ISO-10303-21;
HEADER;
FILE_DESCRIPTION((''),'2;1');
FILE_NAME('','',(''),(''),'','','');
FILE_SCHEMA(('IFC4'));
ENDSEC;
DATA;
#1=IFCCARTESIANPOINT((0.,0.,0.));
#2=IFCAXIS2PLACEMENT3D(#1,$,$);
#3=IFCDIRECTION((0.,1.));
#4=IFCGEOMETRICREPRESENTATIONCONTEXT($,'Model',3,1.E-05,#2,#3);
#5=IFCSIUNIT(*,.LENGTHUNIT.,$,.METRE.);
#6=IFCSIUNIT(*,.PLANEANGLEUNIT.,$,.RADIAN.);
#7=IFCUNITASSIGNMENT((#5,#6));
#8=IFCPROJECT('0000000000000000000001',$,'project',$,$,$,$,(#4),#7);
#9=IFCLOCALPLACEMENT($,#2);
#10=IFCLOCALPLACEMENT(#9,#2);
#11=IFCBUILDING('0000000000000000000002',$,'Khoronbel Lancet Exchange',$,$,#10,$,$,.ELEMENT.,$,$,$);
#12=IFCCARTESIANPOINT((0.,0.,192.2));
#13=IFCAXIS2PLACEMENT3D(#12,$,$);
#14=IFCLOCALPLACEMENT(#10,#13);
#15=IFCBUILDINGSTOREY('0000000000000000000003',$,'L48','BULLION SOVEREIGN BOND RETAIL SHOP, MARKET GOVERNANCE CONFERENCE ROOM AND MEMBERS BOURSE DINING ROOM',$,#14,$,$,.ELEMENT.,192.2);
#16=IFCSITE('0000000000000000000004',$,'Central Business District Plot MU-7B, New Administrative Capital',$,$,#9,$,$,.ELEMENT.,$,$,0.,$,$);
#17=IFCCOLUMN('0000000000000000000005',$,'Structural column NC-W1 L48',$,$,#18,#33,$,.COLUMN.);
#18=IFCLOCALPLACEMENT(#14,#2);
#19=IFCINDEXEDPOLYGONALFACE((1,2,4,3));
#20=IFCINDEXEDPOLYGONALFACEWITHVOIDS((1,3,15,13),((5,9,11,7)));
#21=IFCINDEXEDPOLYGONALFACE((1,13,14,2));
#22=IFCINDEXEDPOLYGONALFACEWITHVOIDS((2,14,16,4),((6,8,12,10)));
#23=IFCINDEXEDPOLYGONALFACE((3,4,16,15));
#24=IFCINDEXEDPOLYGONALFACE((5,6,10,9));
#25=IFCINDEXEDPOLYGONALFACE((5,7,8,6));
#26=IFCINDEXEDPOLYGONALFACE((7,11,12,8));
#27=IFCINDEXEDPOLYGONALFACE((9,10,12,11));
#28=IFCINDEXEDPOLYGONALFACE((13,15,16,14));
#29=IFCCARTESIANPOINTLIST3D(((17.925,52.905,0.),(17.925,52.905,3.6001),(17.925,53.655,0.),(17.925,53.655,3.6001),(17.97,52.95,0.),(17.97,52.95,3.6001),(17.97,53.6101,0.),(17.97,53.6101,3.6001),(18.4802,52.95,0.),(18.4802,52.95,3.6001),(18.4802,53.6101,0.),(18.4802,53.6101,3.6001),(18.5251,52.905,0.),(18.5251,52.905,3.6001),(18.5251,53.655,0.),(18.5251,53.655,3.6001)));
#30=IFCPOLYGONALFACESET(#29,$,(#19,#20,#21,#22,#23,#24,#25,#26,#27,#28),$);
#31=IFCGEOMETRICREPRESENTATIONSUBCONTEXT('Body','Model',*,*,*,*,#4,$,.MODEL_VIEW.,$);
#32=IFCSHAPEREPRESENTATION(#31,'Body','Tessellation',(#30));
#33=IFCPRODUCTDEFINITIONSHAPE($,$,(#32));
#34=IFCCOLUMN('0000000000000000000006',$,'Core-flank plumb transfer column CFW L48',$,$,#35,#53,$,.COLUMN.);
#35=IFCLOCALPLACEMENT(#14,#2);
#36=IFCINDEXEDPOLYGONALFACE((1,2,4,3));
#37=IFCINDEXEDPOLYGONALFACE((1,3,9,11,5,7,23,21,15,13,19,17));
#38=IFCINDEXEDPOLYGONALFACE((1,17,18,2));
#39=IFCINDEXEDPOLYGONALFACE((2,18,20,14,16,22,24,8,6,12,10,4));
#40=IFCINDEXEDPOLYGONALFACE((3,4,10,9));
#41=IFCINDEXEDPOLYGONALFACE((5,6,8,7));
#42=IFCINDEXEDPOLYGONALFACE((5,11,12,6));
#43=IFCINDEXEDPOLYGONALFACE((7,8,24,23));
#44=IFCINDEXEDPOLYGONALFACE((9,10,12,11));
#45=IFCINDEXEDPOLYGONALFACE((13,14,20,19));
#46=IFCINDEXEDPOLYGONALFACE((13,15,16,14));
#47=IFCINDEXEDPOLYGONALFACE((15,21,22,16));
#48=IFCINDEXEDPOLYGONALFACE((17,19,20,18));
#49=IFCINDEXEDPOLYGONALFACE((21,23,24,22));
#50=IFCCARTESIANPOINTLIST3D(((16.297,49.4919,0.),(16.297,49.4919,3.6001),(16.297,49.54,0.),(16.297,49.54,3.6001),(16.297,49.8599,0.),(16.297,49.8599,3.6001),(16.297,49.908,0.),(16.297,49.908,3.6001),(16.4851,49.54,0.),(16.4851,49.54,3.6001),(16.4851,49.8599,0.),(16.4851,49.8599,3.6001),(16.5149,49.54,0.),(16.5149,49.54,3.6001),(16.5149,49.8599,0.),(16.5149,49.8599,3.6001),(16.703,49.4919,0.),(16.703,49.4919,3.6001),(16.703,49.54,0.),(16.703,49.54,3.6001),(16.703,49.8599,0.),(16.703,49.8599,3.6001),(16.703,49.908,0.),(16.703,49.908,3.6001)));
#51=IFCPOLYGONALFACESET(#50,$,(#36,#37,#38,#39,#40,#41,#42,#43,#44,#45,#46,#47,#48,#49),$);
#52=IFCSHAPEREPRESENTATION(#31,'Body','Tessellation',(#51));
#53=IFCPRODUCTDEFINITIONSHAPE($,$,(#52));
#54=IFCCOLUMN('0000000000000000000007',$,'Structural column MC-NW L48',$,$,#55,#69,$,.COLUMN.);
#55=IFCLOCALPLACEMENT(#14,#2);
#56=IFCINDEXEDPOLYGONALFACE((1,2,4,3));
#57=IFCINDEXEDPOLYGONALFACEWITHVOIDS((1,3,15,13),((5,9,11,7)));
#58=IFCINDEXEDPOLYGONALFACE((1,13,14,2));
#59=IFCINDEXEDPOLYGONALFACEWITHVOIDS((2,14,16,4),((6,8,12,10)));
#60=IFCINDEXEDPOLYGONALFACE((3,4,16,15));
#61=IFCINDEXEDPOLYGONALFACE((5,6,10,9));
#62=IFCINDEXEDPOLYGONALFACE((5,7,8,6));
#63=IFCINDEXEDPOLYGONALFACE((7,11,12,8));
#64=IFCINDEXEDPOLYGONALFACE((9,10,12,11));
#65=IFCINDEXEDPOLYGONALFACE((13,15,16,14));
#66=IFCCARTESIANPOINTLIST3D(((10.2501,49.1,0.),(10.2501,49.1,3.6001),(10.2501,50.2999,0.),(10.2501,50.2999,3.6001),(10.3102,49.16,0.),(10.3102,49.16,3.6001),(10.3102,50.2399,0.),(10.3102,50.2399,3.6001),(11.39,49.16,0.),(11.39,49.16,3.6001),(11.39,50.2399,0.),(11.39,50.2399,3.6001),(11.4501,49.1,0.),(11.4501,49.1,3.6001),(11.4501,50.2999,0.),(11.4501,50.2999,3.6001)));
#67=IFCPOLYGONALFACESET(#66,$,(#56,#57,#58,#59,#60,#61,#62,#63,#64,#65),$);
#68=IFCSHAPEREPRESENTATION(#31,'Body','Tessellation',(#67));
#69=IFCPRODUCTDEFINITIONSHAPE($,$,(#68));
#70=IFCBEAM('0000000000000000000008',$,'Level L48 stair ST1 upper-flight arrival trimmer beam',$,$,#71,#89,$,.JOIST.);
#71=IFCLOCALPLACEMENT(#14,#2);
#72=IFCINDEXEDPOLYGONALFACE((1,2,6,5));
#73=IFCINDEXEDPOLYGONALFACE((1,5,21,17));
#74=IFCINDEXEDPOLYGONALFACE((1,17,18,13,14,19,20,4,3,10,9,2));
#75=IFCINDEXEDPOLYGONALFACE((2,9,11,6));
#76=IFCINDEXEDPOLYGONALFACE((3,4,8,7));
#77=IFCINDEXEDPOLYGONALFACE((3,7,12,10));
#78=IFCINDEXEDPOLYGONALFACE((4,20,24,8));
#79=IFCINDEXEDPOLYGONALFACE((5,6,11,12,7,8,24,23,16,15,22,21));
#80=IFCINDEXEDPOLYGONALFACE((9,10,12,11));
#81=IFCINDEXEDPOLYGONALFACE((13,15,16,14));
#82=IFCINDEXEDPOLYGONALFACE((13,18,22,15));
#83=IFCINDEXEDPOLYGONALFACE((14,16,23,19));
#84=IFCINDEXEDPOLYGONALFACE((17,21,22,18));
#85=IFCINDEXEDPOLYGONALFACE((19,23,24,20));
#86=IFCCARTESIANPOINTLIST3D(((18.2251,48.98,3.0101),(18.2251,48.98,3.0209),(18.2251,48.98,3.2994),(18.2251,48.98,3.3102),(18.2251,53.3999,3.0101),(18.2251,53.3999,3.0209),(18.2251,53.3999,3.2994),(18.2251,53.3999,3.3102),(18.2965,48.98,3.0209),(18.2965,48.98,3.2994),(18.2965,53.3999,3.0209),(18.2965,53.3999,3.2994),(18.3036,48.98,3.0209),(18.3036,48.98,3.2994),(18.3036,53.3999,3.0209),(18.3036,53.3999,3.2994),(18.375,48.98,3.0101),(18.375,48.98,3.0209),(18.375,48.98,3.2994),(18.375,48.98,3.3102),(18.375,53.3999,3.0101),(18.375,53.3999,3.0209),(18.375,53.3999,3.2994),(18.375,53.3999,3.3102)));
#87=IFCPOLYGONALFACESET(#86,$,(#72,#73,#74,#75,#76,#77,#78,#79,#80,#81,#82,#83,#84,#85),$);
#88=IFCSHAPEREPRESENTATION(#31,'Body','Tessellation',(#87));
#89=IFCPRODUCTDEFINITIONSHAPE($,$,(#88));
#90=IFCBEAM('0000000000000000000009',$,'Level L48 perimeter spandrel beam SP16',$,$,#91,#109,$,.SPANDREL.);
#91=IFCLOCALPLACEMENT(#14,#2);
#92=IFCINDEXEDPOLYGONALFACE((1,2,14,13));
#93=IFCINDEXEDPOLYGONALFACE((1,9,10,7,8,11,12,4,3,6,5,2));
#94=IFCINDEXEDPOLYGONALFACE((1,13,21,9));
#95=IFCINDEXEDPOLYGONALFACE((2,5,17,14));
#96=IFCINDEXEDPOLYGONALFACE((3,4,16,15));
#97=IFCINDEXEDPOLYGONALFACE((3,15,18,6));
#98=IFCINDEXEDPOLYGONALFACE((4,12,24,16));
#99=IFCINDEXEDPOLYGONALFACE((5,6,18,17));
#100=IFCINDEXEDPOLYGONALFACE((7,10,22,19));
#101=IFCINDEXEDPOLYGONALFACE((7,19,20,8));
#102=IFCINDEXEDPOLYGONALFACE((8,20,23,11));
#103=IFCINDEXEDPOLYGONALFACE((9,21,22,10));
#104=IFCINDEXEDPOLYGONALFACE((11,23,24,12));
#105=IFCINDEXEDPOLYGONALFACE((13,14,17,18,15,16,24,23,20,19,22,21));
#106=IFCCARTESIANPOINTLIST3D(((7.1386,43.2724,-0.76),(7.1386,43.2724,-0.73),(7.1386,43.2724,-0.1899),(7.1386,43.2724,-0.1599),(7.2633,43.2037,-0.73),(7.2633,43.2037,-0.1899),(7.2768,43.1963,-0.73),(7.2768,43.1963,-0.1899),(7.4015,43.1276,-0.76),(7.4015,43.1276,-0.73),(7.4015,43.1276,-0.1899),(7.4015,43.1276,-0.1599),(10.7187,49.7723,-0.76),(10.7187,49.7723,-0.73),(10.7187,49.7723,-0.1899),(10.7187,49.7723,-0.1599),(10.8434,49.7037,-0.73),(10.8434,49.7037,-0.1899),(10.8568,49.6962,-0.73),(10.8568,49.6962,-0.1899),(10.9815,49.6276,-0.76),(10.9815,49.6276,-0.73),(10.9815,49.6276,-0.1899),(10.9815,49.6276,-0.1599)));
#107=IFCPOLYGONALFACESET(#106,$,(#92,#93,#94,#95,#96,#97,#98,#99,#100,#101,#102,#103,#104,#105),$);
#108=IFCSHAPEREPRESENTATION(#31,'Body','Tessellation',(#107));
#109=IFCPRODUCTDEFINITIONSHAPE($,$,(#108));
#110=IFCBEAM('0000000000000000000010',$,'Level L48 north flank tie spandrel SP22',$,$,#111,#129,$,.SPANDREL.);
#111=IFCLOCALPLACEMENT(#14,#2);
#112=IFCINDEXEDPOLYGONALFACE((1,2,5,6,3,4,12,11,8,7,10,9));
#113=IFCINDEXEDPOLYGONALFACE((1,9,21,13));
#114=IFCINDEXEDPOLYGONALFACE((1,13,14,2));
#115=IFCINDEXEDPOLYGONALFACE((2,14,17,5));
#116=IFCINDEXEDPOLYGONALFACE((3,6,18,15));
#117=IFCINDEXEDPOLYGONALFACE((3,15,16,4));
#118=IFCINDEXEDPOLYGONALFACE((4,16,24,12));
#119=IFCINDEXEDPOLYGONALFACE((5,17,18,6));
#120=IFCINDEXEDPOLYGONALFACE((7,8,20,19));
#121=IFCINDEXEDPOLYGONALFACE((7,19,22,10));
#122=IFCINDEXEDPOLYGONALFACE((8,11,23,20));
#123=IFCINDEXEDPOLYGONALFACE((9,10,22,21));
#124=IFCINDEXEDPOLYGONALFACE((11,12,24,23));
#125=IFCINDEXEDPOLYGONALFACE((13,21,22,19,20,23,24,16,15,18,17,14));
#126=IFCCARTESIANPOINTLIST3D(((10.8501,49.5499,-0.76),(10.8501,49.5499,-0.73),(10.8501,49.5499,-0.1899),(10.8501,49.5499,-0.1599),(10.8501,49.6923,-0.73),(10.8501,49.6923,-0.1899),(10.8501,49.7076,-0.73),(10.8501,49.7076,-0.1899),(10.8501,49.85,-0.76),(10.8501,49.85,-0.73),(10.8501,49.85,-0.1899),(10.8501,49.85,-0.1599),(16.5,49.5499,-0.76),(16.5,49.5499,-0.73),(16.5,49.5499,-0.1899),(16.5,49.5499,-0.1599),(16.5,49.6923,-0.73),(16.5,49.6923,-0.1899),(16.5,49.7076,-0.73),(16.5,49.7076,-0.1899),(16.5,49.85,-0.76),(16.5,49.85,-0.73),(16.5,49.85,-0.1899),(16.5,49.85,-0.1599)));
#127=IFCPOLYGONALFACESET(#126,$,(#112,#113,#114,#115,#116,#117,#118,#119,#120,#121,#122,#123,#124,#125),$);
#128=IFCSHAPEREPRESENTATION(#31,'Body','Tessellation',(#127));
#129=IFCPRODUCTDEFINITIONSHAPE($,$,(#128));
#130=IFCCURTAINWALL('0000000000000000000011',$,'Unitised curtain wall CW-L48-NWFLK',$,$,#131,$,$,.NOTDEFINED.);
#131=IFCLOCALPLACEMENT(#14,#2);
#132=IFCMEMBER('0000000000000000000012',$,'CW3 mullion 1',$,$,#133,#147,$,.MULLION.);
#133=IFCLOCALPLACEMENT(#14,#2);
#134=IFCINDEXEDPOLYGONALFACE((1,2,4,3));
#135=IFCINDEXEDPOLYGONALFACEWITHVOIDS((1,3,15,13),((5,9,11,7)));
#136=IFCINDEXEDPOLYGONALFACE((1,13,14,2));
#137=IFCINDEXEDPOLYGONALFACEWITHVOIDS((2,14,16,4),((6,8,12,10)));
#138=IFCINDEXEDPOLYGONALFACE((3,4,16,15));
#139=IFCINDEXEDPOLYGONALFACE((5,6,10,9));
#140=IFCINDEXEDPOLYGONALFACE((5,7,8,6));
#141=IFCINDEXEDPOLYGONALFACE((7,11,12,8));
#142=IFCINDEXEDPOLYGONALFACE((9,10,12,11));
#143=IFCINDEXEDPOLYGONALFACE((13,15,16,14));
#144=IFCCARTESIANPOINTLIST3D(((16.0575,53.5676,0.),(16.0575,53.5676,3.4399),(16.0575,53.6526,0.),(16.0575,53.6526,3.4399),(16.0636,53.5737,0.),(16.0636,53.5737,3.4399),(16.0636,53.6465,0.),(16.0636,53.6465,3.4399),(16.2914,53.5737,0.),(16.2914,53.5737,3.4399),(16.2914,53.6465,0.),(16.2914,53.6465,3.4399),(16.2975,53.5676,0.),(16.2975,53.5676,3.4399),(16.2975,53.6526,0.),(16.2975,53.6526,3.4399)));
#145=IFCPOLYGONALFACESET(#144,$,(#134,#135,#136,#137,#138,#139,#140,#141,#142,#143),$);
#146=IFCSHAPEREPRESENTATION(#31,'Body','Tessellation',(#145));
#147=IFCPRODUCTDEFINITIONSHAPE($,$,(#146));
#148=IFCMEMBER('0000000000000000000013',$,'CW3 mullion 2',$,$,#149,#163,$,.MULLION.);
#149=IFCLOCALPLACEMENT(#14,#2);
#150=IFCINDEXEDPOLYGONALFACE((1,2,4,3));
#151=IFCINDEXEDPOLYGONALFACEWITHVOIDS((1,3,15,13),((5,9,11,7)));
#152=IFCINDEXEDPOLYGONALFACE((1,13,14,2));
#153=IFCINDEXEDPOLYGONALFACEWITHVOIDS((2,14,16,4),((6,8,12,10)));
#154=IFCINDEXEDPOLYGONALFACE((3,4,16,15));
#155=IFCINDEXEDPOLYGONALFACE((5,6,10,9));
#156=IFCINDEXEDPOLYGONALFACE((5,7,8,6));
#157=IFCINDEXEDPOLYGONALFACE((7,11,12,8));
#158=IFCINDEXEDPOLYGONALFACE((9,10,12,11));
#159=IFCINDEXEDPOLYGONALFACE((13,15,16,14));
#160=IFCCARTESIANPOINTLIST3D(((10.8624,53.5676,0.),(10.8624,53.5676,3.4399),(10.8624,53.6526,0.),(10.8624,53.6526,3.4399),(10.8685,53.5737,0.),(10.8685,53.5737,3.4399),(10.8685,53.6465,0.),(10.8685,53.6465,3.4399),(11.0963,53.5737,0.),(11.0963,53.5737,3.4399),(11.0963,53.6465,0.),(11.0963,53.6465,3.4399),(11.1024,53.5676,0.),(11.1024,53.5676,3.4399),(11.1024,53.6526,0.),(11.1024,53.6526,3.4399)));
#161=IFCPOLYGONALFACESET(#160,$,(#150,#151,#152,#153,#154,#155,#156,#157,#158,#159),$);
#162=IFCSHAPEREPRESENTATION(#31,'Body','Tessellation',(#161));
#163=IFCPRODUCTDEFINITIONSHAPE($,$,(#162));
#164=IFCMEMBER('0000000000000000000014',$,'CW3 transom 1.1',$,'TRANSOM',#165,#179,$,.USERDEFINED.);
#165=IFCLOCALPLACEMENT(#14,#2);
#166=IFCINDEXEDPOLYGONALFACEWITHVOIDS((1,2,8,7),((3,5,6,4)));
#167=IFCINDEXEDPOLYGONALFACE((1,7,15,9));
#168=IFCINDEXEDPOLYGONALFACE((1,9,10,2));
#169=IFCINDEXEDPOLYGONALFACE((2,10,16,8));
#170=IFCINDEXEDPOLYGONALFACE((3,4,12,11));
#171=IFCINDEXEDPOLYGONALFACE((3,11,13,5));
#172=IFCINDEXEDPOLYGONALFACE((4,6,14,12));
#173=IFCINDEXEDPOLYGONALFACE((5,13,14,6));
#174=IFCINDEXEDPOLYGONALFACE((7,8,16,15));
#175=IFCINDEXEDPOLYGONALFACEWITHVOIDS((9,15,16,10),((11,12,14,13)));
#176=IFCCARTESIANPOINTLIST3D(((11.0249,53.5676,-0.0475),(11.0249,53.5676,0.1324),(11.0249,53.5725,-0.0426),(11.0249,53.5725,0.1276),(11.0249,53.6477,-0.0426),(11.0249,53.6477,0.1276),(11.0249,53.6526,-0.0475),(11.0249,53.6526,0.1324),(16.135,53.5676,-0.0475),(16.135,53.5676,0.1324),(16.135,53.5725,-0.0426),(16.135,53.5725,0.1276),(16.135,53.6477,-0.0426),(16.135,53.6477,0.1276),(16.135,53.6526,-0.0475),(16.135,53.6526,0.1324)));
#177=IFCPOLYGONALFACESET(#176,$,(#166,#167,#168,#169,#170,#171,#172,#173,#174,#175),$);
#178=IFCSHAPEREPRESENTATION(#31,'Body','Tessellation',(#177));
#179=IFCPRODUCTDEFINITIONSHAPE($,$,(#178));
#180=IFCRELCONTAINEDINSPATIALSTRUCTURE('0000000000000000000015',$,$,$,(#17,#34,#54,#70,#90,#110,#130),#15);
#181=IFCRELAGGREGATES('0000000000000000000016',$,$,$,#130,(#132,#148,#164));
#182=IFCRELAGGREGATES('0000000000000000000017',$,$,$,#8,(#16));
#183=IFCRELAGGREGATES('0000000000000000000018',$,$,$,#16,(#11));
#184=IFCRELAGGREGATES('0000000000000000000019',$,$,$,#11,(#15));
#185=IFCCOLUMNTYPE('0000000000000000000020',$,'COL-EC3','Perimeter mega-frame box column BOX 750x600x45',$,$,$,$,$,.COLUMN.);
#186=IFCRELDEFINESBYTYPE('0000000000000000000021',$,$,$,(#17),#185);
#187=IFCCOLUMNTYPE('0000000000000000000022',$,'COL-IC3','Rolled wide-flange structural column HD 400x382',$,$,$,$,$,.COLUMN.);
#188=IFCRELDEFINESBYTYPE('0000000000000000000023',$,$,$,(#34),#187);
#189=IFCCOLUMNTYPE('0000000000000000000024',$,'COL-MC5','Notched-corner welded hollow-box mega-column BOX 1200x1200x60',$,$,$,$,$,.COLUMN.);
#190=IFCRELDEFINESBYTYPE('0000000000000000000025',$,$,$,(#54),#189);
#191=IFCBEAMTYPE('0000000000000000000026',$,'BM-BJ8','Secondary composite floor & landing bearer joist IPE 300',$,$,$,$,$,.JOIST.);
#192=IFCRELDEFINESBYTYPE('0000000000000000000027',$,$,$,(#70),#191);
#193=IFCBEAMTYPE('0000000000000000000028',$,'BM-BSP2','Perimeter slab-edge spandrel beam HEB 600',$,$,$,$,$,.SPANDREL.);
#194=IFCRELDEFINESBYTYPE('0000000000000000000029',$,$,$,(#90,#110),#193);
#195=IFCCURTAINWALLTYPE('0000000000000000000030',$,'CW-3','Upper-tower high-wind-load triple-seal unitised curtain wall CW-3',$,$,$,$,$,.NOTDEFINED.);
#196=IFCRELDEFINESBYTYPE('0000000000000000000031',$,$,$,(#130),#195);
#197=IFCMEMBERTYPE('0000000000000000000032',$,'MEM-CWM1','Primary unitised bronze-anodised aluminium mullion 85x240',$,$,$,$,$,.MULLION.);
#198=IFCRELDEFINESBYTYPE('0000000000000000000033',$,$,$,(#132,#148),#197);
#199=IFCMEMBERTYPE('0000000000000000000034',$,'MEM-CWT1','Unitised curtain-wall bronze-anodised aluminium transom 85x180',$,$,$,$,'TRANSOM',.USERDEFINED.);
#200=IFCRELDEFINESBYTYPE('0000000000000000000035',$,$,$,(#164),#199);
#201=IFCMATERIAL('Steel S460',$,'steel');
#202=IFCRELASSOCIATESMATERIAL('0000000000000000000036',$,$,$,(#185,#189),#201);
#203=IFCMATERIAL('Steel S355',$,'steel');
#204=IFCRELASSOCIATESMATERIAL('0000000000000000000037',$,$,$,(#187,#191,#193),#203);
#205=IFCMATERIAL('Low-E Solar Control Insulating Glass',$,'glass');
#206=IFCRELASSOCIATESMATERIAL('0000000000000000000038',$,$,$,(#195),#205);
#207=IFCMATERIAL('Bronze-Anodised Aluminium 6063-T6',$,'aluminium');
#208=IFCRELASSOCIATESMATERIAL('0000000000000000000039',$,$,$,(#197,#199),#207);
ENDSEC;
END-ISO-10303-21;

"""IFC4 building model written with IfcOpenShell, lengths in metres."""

from ifc_helpers import new_model, si_unit, direction, frame, origin, origin_2d, place, context, subcontext, project, spatial, hollow_rectangle, i_section, extrude, material, material_profile, profile_set, type_object, element, aggregate, save


model = new_model("IFC4")

# Units and contexts
model_context = context("Model", 3, precision=1e-05, world=origin(), true_north=direction((0.0, 1.0)))
body_context = subcontext(model_context, "Body", "Model", "MODEL_VIEW")
ifc_project = project(units=[si_unit("LENGTHUNIT", "METRE"), si_unit("PLANEANGLEUNIT", "RADIAN")], contexts=[model_context])

# Site, building, storey
site_placement = place(None, origin())
site = spatial("IfcSite", under=ifc_project, at=site_placement, Name="Central Business District Plot MU-7B, New Administrative Capital", CompositionType="ELEMENT", RefElevation=0.0)
building_placement = place(site_placement, origin())
building = spatial("IfcBuilding", under=site, at=building_placement, Name="Khoronbel Lancet Exchange", CompositionType="ELEMENT")
storey_placement = place(building_placement, frame((0.0, 0.0, 192.2)))
storey = spatial("IfcBuildingStorey", under=building, at=storey_placement, Name="L48", Description="BULLION SOVEREIGN BOND RETAIL SHOP, MARKET GOVERNANCE CONFERENCE ROOM AND MEMBERS BOURSE DINING ROOM", CompositionType="ELEMENT", Elevation=192.2)

# Columns
ifc_material_1 = material(Name="Steel S460", Category="steel")
ifc_material_profile_1 = material_profile(ifc_material_1, hollow_rectangle(XDim=0.6001, YDim=0.75, WallThickness=0.0449, at=origin_2d()), Name="BOX 750x600x45")
ifc_profile_set_1 = profile_set([ifc_material_profile_1], Name="Steel S460")
column_type_1 = type_object("IfcColumnType", Name="COL-EC3", Description="Perimeter mega-frame box column BOX 750x600x45", PredefinedType="COLUMN", material=ifc_profile_set_1)
column_1_placement = place(storey_placement, frame((18.2251, 53.28, 0.0), z_axis=(0.0, 0.0, 1.0), x_axis=(1.0, 0.0, 0.0)))
element("IfcColumn", 1, at=column_1_placement, inside=storey, type_object=column_type_1, Name="Structural column NC-W1 L48", PredefinedType="COLUMN", context=body_context, shape_type="SweptSolid", body=[
    extrude(hollow_rectangle(XDim=0.6001, YDim=0.75, WallThickness=0.0449, at=origin_2d()), origin(), (0.0, 0.0, 1.0), 3.6001),
])
ifc_material_2 = material(Name="Steel S355", Category="steel")
ifc_material_profile_2 = material_profile(ifc_material_2, i_section(OverallWidth=0.406, OverallDepth=0.416, WebThickness=0.0298, FlangeThickness=0.0481, at=origin_2d()), Name="HD 400x382")
ifc_profile_set_2 = profile_set([ifc_material_profile_2], Name="Steel S355")
column_type_2 = type_object("IfcColumnType", Name="COL-IC3", Description="Rolled wide-flange structural column HD 400x382", PredefinedType="COLUMN", material=ifc_profile_set_2)
column_2_placement = place(storey_placement, frame((16.5, 49.7, 0.0), z_axis=(0.0, 0.0, 1.0), x_axis=(1.0, 0.0, 0.0)))
element("IfcColumn", 2, at=column_2_placement, inside=storey, type_object=column_type_2, Name="Core-flank plumb transfer column CFW L48", PredefinedType="COLUMN", context=body_context, shape_type="SweptSolid", body=[
    extrude(i_section(OverallWidth=0.406, OverallDepth=0.416, WebThickness=0.0298, FlangeThickness=0.0481, at=origin_2d()), origin(), (0.0, 0.0, 1.0), 3.6001),
])
ifc_material_profile_3 = material_profile(ifc_material_1, hollow_rectangle(XDim=1.2, YDim=1.2, WallThickness=0.0601, at=origin_2d()), Name="BOX 1200x1200x60")
ifc_profile_set_3 = profile_set([ifc_material_profile_3], Name="Steel S460")
column_type_3 = type_object("IfcColumnType", Name="COL-MC5", Description="Notched-corner welded hollow-box mega-column BOX 1200x1200x60", PredefinedType="COLUMN", material=ifc_profile_set_3)
column_3_placement = place(storey_placement, frame((10.8501, 49.7, 0.0), z_axis=(0.0, 0.0, 1.0), x_axis=(1.0, 0.0, 0.0)))
element("IfcColumn", 3, at=column_3_placement, inside=storey, type_object=column_type_3, Name="Structural column MC-NW L48", PredefinedType="COLUMN", context=body_context, shape_type="SweptSolid", body=[
    extrude(hollow_rectangle(XDim=1.2, YDim=1.2, WallThickness=0.0601, at=origin_2d()), origin(), (0.0, 0.0, 1.0), 3.6001),
])

# Beams
ifc_material_profile_4 = material_profile(ifc_material_2, i_section(OverallWidth=0.1499, OverallDepth=0.3, WebThickness=0.0071, FlangeThickness=0.0107, at=origin_2d()), Name="IPE 300")
ifc_profile_set_4 = profile_set([ifc_material_profile_4], Name="Steel S355")
beam_type_1 = type_object("IfcBeamType", Name="BM-BJ8", Description="Secondary composite floor & landing bearer joist IPE 300", PredefinedType="JOIST", material=ifc_profile_set_4)
beam_1_placement = place(storey_placement, frame((18.3, 48.98, 3.1602), z_axis=(0.0, 1.0, 0.0), x_axis=(-1.0, 0.0, 0.0)))
element("IfcBeam", 4, at=beam_1_placement, inside=storey, type_object=beam_type_1, Name="Level L48 stair ST1 upper-flight arrival trimmer beam", PredefinedType="JOIST", context=body_context, shape_type="SweptSolid", body=[
    extrude(i_section(OverallWidth=0.1499, OverallDepth=0.3, WebThickness=0.0071, FlangeThickness=0.0107, at=origin_2d()), origin(), (0.0, 0.0, 1.0), 4.4199),
])
ifc_material_profile_5 = material_profile(ifc_material_2, i_section(OverallWidth=0.3, OverallDepth=0.6001, WebThickness=0.0154, FlangeThickness=0.03, at=origin_2d()), Name="HEB 600")
ifc_profile_set_5 = profile_set([ifc_material_profile_5], Name="Steel S355")
beam_type_2 = type_object("IfcBeamType", Name="BM-BSP2", Description="Perimeter slab-edge spandrel beam HEB 600", PredefinedType="SPANDREL", material=ifc_profile_set_5)
beam_2_placement = place(storey_placement, frame((10.8501, 49.7, -0.46), z_axis=(-0.482444, -0.875927, 0.0), x_axis=(0.875927, -0.482444, 0.0)))
element("IfcBeam", 5, at=beam_2_placement, inside=storey, type_object=beam_type_2, Name="Level L48 perimeter spandrel beam SP16", PredefinedType="SPANDREL", context=body_context, shape_type="SweptSolid", body=[
    extrude(i_section(OverallWidth=0.3, OverallDepth=0.6001, WebThickness=0.0154, FlangeThickness=0.03, at=origin_2d()), origin(), (0.0, 0.0, 1.0), 7.4207),
])
beam_3_placement = place(storey_placement, frame((10.8501, 49.7, -0.46), z_axis=(1.0, 0.0, 0.0), x_axis=(0.0, 1.0, 0.0)))
element("IfcBeam", 6, at=beam_3_placement, inside=storey, type_object=beam_type_2, Name="Level L48 north flank tie spandrel SP22", PredefinedType="SPANDREL", context=body_context, shape_type="SweptSolid", body=[
    extrude(i_section(OverallWidth=0.3, OverallDepth=0.6001, WebThickness=0.0154, FlangeThickness=0.03, at=origin_2d()), origin(), (0.0, 0.0, 1.0), 5.6499),
])

# Curtain wall, members
ifc_material_3 = material(Name="Low-E Solar Control Insulating Glass", Category="glass")
curtain_wall_type = type_object("IfcCurtainWallType", Name="CW-3", Description="Upper-tower high-wind-load triple-seal unitised curtain wall CW-3", PredefinedType="NOTDEFINED", material=ifc_material_3)
curtain_wall_placement = place(storey_placement, origin())
curtain_wall = element("IfcCurtainWall", 7, at=curtain_wall_placement, inside=storey, type_object=curtain_wall_type, Name="Unitised curtain wall CW-L48-NWFLK", PredefinedType="NOTDEFINED")
ifc_material_4 = material(Name="Bronze-Anodised Aluminium 6063-T6", Category="aluminium")
ifc_material_profile_6 = material_profile(ifc_material_4, hollow_rectangle(XDim=0.085, YDim=0.24, WallThickness=0.0061, at=origin_2d()), Name="ALU MULLION 85x240")
ifc_profile_set_6 = profile_set([ifc_material_profile_6], Name="Bronze-Anodised Aluminium 6063-T6")
member_type_1 = type_object("IfcMemberType", Name="MEM-CWM1", Description="Primary unitised bronze-anodised aluminium mullion 85x240", PredefinedType="MULLION", material=ifc_profile_set_6)
member_1_placement = place(storey_placement, frame((16.1775, 53.6101, 0.0), z_axis=(0.0, 0.0, 1.0), x_axis=(0.0, -1.0, 0.0)))
member_1 = element("IfcMember", 8, at=member_1_placement, type_object=member_type_1, Name="CW3 mullion 1", PredefinedType="MULLION", context=body_context, shape_type="SweptSolid", body=[
    extrude(hollow_rectangle(XDim=0.085, YDim=0.24, WallThickness=0.0061, at=origin_2d()), origin(), (0.0, 0.0, 1.0), 3.4399),
])
member_2_placement = place(storey_placement, frame((10.9824, 53.6101, 0.0), z_axis=(0.0, 0.0, 1.0), x_axis=(0.0, -1.0, 0.0)))
member_2 = element("IfcMember", 9, at=member_2_placement, type_object=member_type_1, Name="CW3 mullion 2", PredefinedType="MULLION", context=body_context, shape_type="SweptSolid", body=[
    extrude(hollow_rectangle(XDim=0.085, YDim=0.24, WallThickness=0.0061, at=origin_2d()), origin(), (0.0, 0.0, 1.0), 3.4399),
])
ifc_material_profile_7 = material_profile(ifc_material_4, hollow_rectangle(XDim=0.085, YDim=0.1799, WallThickness=0.0049, at=origin_2d()), Name="ALU TRANSOM 85x180")
ifc_profile_set_7 = profile_set([ifc_material_profile_7], Name="Bronze-Anodised Aluminium 6063-T6")
member_type_2 = type_object("IfcMemberType", Name="MEM-CWT1", Description="Unitised curtain-wall bronze-anodised aluminium transom 85x180", ElementType="TRANSOM", PredefinedType="USERDEFINED", material=ifc_profile_set_7)
member_3_placement = place(storey_placement, frame((16.135, 53.6101, 0.0425), z_axis=(-1.0, 0.0, 0.0), x_axis=(0.0, -1.0, 0.0)))
member_3 = element("IfcMember", 10, at=member_3_placement, type_object=member_type_2, Name="CW3 transom 1.1", ObjectType="TRANSOM", PredefinedType="USERDEFINED", context=body_context, shape_type="SweptSolid", body=[
    extrude(hollow_rectangle(XDim=0.085, YDim=0.1799, WallThickness=0.0049, at=origin_2d()), origin(), (0.0, 0.0, 1.0), 5.1101),
])
aggregate(curtain_wall, [member_1, member_2, member_3])

save(model, "model.ifc")
